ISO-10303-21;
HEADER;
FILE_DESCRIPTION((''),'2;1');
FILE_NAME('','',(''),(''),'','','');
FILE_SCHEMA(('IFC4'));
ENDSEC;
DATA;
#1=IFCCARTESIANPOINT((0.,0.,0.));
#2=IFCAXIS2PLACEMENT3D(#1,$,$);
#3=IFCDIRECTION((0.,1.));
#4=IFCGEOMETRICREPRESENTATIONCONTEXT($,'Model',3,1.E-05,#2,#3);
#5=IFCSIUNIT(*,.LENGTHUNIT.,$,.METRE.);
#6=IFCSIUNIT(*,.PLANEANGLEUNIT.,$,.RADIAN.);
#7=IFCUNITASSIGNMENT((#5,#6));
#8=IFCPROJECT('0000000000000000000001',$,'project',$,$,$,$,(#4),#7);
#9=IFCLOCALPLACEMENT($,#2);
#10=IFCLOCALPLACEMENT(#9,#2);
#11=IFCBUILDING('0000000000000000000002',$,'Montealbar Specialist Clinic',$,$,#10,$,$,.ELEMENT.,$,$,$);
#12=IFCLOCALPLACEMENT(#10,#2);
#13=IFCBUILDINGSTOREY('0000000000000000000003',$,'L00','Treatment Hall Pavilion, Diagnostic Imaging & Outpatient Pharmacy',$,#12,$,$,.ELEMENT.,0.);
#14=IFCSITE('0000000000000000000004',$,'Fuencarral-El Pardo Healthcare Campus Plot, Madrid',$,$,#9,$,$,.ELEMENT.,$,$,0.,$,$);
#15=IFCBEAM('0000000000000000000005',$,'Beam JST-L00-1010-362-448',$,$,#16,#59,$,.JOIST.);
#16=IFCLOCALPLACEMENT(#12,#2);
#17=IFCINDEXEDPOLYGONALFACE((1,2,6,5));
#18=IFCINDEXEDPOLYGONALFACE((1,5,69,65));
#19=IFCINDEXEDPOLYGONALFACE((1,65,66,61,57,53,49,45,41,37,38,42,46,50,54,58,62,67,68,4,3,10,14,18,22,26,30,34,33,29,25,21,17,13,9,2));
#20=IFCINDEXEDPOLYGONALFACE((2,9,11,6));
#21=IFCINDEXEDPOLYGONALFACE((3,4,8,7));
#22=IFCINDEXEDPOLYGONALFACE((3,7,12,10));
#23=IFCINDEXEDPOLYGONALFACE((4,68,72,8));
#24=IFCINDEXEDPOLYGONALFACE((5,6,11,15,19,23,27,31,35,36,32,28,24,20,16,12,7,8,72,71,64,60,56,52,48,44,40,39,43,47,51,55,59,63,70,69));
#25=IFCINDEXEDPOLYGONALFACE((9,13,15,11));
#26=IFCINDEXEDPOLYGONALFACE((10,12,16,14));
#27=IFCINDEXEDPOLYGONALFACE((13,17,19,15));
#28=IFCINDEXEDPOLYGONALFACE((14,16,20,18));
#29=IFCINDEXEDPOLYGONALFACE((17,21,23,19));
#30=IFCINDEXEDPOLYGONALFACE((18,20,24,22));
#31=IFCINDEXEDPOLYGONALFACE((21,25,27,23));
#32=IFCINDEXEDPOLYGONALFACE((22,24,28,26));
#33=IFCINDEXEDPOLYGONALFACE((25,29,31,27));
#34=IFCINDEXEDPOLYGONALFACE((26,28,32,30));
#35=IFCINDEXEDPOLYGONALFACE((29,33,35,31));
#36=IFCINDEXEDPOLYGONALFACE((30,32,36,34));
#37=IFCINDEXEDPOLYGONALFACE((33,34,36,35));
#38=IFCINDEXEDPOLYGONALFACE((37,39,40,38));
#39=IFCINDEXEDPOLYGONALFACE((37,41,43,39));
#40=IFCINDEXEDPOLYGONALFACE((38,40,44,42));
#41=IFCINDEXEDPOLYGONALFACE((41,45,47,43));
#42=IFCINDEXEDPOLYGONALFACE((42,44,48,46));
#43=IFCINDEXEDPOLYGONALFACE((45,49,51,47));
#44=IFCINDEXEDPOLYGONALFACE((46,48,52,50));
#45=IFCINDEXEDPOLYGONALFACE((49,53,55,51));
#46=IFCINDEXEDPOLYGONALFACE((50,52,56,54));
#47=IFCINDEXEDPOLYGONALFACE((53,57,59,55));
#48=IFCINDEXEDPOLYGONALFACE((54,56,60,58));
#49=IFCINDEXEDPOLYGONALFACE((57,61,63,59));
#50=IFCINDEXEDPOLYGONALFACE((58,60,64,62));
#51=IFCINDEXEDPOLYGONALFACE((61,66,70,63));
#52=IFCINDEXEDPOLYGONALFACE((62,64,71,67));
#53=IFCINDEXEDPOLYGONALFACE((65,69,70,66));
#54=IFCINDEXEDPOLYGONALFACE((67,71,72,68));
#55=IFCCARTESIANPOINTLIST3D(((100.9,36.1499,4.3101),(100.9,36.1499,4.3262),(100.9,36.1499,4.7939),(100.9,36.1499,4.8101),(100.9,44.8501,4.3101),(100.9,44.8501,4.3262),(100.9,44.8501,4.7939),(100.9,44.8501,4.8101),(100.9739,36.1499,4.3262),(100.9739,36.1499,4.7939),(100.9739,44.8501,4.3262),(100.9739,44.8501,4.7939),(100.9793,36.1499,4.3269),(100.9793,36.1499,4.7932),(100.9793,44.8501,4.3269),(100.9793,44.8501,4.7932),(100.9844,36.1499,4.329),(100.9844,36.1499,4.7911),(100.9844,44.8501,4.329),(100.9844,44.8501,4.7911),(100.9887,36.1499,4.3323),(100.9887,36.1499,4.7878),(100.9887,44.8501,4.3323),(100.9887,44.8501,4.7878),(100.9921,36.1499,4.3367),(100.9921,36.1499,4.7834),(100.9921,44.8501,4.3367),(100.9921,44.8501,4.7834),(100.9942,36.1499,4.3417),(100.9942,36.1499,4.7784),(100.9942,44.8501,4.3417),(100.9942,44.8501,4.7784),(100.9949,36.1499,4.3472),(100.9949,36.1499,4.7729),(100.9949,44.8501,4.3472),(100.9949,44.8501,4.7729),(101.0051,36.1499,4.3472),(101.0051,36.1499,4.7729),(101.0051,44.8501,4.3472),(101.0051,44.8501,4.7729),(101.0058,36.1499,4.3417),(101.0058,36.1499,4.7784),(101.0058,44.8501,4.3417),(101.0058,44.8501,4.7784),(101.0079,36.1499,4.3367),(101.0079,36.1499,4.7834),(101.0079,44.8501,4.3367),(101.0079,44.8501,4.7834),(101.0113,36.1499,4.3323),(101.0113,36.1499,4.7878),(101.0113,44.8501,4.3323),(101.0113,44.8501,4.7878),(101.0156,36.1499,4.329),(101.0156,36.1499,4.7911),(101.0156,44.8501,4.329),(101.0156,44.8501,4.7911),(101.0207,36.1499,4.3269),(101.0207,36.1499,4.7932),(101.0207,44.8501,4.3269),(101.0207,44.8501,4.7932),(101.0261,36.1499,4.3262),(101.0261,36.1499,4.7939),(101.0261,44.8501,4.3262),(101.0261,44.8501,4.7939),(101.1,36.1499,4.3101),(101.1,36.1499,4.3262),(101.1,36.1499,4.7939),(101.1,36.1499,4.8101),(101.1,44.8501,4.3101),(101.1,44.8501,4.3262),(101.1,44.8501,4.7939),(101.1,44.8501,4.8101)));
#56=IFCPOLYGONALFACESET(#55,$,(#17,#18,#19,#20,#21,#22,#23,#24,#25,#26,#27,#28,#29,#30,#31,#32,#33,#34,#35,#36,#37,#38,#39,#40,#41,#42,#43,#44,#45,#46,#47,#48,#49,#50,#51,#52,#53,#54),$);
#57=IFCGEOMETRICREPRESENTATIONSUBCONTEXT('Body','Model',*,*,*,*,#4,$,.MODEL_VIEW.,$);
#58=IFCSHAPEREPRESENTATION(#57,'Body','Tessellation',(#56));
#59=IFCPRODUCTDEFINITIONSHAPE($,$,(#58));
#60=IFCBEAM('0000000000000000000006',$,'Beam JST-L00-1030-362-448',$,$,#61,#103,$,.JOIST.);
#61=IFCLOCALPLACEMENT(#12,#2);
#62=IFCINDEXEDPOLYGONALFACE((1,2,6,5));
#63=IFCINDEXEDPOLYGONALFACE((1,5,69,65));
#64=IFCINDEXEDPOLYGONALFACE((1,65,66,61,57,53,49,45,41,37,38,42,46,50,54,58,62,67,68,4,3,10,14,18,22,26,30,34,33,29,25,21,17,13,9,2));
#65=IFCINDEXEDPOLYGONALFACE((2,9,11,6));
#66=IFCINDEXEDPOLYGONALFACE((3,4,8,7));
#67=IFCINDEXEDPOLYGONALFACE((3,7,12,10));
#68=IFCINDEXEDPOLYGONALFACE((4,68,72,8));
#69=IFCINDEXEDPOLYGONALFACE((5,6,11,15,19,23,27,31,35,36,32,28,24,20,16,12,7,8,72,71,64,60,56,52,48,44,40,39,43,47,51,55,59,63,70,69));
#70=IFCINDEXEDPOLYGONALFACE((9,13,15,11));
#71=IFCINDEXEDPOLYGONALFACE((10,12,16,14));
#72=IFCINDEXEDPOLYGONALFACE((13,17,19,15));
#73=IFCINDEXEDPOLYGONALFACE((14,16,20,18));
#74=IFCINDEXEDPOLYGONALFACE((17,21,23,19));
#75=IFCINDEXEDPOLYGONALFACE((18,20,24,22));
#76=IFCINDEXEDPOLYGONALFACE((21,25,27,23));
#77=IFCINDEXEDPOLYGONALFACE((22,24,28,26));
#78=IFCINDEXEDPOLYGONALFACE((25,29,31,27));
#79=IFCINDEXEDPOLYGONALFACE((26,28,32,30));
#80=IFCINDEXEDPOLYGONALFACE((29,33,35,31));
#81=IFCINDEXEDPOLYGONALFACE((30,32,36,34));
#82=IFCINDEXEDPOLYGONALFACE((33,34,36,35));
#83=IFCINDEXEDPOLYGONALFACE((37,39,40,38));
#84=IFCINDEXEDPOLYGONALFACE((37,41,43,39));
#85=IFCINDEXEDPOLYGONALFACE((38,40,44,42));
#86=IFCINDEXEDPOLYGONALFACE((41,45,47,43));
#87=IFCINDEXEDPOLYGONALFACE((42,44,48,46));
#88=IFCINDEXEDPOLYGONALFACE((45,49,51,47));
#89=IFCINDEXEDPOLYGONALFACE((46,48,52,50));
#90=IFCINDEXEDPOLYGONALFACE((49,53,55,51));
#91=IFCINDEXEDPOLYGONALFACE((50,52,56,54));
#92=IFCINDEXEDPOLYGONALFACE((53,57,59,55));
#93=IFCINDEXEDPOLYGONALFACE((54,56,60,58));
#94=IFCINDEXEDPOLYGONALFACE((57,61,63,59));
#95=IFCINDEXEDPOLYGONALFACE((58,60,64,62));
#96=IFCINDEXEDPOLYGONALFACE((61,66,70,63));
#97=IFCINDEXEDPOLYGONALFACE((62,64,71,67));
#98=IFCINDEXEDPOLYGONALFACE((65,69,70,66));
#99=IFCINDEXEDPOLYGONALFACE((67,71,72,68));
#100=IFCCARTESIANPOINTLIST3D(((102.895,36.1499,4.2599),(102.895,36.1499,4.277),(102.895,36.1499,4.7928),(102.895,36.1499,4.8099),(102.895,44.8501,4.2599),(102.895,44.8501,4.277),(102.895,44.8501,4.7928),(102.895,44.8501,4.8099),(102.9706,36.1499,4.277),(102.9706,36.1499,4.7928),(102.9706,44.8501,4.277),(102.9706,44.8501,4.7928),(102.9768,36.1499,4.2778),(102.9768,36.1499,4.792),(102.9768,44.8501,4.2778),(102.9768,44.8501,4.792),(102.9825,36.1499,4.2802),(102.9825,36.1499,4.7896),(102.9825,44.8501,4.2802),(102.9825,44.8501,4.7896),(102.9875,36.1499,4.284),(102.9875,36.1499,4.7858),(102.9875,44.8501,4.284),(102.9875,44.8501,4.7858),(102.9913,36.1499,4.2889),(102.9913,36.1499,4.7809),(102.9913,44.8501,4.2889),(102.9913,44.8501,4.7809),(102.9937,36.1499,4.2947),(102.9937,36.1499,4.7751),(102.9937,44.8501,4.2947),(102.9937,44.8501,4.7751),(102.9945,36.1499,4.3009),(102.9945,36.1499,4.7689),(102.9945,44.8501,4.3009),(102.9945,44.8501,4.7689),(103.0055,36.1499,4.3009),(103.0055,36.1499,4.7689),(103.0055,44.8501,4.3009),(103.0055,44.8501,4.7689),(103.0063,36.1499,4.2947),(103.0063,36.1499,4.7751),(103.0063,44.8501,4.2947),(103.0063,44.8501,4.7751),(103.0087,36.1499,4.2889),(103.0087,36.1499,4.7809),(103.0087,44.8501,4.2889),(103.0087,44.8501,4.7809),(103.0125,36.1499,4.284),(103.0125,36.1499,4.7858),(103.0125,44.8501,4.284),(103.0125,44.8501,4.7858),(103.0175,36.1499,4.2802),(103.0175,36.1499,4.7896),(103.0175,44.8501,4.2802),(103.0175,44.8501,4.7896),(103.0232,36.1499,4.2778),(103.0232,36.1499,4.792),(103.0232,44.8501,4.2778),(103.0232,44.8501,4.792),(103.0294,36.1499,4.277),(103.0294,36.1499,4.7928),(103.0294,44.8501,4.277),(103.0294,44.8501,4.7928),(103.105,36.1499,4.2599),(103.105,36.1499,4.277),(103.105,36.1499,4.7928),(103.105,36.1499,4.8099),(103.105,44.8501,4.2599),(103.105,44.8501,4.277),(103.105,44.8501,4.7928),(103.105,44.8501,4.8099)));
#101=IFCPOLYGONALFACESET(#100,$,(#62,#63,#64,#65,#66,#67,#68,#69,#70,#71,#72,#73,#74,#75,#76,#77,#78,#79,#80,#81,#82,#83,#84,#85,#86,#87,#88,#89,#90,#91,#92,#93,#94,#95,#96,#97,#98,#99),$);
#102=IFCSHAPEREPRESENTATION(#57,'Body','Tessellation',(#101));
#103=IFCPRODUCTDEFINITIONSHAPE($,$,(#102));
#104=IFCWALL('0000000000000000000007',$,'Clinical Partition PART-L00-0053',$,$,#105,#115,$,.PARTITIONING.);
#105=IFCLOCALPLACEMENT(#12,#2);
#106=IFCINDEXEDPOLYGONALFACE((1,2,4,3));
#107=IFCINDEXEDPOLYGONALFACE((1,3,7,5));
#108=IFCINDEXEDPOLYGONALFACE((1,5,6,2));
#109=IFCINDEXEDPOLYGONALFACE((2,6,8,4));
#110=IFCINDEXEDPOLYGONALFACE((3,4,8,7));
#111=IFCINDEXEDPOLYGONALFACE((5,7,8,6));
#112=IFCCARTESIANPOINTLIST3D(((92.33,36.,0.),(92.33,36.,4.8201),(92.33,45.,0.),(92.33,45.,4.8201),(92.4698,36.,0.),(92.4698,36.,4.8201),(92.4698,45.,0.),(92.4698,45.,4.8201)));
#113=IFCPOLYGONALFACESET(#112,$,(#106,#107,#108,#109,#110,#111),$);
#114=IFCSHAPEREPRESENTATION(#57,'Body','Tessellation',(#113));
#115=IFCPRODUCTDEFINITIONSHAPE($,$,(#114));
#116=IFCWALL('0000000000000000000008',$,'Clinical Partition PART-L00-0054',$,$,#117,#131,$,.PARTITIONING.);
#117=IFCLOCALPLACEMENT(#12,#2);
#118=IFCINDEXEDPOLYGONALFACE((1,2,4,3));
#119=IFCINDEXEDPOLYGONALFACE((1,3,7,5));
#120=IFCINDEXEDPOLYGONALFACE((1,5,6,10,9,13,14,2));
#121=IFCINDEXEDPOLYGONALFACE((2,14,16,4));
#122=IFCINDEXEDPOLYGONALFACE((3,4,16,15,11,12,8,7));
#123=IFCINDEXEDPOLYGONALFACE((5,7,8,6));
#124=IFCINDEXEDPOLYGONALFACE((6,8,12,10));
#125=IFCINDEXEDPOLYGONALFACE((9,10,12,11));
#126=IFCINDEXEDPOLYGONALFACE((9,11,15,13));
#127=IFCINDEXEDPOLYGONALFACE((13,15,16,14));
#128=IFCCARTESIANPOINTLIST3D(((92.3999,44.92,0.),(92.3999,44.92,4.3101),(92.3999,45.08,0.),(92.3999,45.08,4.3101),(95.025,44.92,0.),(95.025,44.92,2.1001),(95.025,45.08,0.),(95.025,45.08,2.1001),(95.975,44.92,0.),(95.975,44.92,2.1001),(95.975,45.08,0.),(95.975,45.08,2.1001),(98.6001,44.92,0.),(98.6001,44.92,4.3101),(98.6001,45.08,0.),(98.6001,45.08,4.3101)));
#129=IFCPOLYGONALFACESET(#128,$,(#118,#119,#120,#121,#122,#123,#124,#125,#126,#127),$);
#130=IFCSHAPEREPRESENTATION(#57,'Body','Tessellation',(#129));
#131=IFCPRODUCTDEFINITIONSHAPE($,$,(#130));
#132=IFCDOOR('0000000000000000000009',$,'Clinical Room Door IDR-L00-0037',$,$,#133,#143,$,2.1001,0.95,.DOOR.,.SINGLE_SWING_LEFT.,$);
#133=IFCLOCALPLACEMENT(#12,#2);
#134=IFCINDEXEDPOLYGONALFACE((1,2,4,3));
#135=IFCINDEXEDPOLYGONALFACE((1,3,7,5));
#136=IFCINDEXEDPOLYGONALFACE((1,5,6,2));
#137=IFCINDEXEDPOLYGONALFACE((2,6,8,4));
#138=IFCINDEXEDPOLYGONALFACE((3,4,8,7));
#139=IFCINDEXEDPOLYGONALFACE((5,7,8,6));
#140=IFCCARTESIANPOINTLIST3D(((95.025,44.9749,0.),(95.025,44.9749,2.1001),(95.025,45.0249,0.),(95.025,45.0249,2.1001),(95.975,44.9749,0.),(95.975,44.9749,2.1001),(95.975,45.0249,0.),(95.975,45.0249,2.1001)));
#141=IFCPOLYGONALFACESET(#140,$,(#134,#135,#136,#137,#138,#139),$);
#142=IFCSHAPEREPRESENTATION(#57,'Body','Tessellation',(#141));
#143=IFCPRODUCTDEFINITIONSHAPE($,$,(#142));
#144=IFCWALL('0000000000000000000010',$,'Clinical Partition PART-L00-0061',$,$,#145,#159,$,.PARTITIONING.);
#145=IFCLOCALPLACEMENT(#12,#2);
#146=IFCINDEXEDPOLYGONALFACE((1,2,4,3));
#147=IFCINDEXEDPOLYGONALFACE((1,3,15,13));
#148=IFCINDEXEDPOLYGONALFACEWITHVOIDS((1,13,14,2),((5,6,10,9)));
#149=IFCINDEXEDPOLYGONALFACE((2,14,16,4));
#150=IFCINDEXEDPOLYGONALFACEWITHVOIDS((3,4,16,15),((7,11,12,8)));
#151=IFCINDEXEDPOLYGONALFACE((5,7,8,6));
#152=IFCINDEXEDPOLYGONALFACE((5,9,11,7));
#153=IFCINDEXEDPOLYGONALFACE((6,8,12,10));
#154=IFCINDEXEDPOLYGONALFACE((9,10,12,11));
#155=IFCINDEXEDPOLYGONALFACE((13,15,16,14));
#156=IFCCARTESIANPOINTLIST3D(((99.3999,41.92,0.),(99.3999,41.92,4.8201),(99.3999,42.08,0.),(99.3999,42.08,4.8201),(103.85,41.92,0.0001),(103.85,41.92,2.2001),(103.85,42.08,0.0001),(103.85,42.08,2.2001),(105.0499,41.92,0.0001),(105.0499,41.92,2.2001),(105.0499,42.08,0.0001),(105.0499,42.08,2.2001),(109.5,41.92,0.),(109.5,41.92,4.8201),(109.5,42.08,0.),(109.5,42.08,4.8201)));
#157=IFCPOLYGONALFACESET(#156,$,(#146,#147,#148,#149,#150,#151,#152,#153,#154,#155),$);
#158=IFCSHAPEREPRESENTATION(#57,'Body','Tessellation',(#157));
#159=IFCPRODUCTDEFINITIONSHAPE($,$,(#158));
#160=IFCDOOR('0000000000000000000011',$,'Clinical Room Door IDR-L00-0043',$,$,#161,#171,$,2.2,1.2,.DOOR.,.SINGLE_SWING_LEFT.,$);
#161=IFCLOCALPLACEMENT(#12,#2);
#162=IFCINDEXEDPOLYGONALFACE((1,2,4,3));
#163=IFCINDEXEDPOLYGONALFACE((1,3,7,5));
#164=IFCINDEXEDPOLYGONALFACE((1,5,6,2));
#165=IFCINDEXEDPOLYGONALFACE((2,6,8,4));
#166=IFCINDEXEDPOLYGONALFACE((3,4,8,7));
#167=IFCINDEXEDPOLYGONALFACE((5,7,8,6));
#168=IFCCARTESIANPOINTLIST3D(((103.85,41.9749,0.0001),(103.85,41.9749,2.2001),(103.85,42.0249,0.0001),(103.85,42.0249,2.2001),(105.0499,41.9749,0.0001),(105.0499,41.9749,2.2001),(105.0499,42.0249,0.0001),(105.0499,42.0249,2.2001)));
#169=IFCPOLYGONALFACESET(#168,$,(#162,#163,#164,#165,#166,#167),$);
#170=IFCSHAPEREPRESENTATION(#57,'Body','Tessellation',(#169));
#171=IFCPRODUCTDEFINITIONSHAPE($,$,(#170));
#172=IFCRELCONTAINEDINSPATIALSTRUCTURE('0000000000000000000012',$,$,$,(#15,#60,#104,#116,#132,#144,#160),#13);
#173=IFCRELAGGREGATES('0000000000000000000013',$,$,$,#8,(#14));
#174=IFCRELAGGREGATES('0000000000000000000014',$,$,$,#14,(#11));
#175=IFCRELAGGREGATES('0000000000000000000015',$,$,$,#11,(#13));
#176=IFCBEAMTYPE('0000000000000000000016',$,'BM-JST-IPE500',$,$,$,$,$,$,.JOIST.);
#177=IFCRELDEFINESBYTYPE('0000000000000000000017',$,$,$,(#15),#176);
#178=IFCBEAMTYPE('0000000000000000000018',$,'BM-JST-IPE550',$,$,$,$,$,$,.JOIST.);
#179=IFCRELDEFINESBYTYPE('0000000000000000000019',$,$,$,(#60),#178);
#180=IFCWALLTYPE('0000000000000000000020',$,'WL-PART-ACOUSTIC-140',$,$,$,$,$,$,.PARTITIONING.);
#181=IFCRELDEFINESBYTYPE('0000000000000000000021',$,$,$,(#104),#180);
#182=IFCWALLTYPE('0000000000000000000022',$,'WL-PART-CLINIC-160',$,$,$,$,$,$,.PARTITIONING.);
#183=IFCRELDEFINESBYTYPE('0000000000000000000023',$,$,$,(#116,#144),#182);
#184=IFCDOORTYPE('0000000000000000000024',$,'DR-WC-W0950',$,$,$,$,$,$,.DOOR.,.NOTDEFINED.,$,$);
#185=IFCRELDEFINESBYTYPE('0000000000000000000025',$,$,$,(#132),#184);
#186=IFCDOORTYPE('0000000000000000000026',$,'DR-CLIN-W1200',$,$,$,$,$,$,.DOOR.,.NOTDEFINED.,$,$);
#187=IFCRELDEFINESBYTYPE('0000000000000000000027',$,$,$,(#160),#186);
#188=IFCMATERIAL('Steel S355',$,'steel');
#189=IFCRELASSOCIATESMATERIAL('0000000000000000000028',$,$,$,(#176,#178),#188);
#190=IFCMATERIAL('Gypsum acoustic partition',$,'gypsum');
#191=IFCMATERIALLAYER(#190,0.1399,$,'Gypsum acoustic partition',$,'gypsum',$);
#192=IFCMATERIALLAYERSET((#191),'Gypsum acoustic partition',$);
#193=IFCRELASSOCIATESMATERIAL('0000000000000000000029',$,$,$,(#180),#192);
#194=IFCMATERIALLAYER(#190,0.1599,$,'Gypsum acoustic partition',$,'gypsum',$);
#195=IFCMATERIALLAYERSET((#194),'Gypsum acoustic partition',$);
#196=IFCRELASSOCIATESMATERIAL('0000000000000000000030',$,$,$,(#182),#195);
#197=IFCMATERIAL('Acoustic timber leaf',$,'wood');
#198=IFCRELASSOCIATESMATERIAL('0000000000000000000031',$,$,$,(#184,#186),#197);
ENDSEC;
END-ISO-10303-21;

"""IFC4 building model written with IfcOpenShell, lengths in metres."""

from ifc_helpers import new_model, si_unit, direction, frame, frame_2d, origin, origin_2d, place, context, subcontext, project, spatial, rectangle, i_section, extrude, material, layer, layer_set, material_profile, profile_set, type_object, element, fill, save


model = new_model("IFC4")

# Units and contexts
model_context = context("Model", 3, precision=1e-05, world=origin(), true_north=direction((0.0, 1.0)))
body_context = subcontext(model_context, "Body", "Model", "MODEL_VIEW")
ifc_project = project(units=[si_unit("LENGTHUNIT", "METRE"), si_unit("PLANEANGLEUNIT", "RADIAN")], contexts=[model_context])

# Site, building, storey
site_placement = place(None, origin())
site = spatial("IfcSite", under=ifc_project, at=site_placement, Name="Fuencarral-El Pardo Healthcare Campus Plot, Madrid", CompositionType="ELEMENT", RefElevation=0.0)
building_placement = place(site_placement, origin())
building = spatial("IfcBuilding", under=site, at=building_placement, Name="Montealbar Specialist Clinic", CompositionType="ELEMENT")
storey_placement = place(building_placement, origin())
storey = spatial("IfcBuildingStorey", under=building, at=storey_placement, Name="L00", Description="Treatment Hall Pavilion, Diagnostic Imaging & Outpatient Pharmacy", CompositionType="ELEMENT", Elevation=0.0)

# Shared definitions
ifc_material_1 = material(Name="Steel S355", Category="steel")

# Beams
ifc_material_profile_1 = material_profile(ifc_material_1, i_section(OverallWidth=0.2, OverallDepth=0.5, WebThickness=0.0103, FlangeThickness=0.0161, FilletRadius=0.021, at=origin_2d()), Name="IPE 500", Category="steel")
ifc_profile_set_1 = profile_set([ifc_material_profile_1], Name="Steel S355")
beam_type_1 = type_object("IfcBeamType", Name="BM-JST-IPE500", PredefinedType="JOIST", material=ifc_profile_set_1)
beam_1_placement = place(storey_placement, frame((101.0, 36.1499, 4.5601), z_axis=(0.0, 1.0, 0.0), x_axis=(-1.0, 0.0, 0.0)))
element("IfcBeam", 1, at=beam_1_placement, inside=storey, type_object=beam_type_1, Name="Beam JST-L00-1010-362-448", PredefinedType="JOIST", context=body_context, shape_type="SweptSolid", body=[
    extrude(i_section(OverallWidth=0.2, OverallDepth=0.5, WebThickness=0.0103, FlangeThickness=0.0161, FilletRadius=0.021, at=origin_2d()), origin(), (0.0, 0.0, 1.0), 8.7002),
])
ifc_material_profile_2 = material_profile(ifc_material_1, i_section(OverallWidth=0.21, OverallDepth=0.55, WebThickness=0.011, FlangeThickness=0.0171, FilletRadius=0.0239, at=origin_2d()), Name="IPE 550", Category="steel")
ifc_profile_set_2 = profile_set([ifc_material_profile_2], Name="Steel S355")
beam_type_2 = type_object("IfcBeamType", Name="BM-JST-IPE550", PredefinedType="JOIST", material=ifc_profile_set_2)
beam_2_placement = place(storey_placement, frame((103.0, 36.1499, 4.5349), z_axis=(0.0, 1.0, 0.0), x_axis=(-1.0, 0.0, 0.0)))
element("IfcBeam", 2, at=beam_2_placement, inside=storey, type_object=beam_type_2, Name="Beam JST-L00-1030-362-448", PredefinedType="JOIST", context=body_context, shape_type="SweptSolid", body=[
    extrude(i_section(OverallWidth=0.21, OverallDepth=0.55, WebThickness=0.011, FlangeThickness=0.0171, FilletRadius=0.0239, at=origin_2d()), origin(), (0.0, 0.0, 1.0), 8.7002),
])

# Wall
ifc_material_2 = material(Name="Gypsum acoustic partition", Category="gypsum")
ifc_layer_1 = layer(ifc_material_2, 0.1399, Name="Gypsum acoustic partition", Category="gypsum")
ifc_layer_set_1 = layer_set([ifc_layer_1], Name="Gypsum acoustic partition")
wall_type_1 = type_object("IfcWallType", Name="WL-PART-ACOUSTIC-140", PredefinedType="PARTITIONING", material=ifc_layer_set_1)
wall_1_placement = place(storey_placement, frame((92.3999, 36.0, 0.0), z_axis=(0.0, 0.0, 1.0), x_axis=(0.0, 1.0, 0.0)))
element("IfcWall", 3, at=wall_1_placement, inside=storey, type_object=wall_type_1, Name="Clinical Partition PART-L00-0053", PredefinedType="PARTITIONING", context=body_context, shape_type="SweptSolid", body=[
    extrude(rectangle(XDim=9.0, YDim=0.1399, at=frame_2d((4.5, 0.0))), origin(), (0.0, 0.0, 1.0), 4.8201),
])

# Walls, openings, doors
ifc_layer_2 = layer(ifc_material_2, 0.1599, Name="Gypsum acoustic partition", Category="gypsum")
ifc_layer_set_2 = layer_set([ifc_layer_2], Name="Gypsum acoustic partition")
wall_type_2 = type_object("IfcWallType", Name="WL-PART-CLINIC-160", PredefinedType="PARTITIONING", material=ifc_layer_set_2)
wall_2_placement = place(storey_placement, frame((92.3999, 45.0, 0.0), z_axis=(0.0, 0.0, 1.0), x_axis=(1.0, 0.0, 0.0)))
wall_2 = element("IfcWall", 4, at=wall_2_placement, inside=storey, type_object=wall_type_2, Name="Clinical Partition PART-L00-0054", PredefinedType="PARTITIONING", context=body_context, shape_type="SweptSolid", body=[
    extrude(rectangle(XDim=6.2002, YDim=0.1599, at=frame_2d((3.1001, 0.0))), origin(), (0.0, 0.0, 1.0), 4.3101),
])
opening_1_placement = place(wall_2_placement, frame((2.625, 0.0, 0.0)))
opening_1 = element("IfcOpeningElement", 5, at=opening_1_placement, cuts=wall_2, PredefinedType="OPENING", context=body_context, shape_type="SweptSolid", body=[
    extrude(rectangle(XDim=0.95, YDim=2.1001, at=frame_2d((0.4751, 1.05))), frame((0.0, 0.0898, 0.0), z_axis=(0.0, -1.0, 0.0), x_axis=(1.0, 0.0, 0.0)), (0.0, 0.0, 1.0), 0.1799),
])
ifc_material_3 = material(Name="Acoustic timber leaf", Category="wood")
door_type_1 = type_object("IfcDoorType", Name="DR-WC-W0950", OperationType="NOTDEFINED", PredefinedType="DOOR", material=ifc_material_3)
door_1_placement = place(opening_1_placement, origin())
door_1 = element("IfcDoor", 6, at=door_1_placement, inside=storey, type_object=door_type_1, Name="Clinical Room Door IDR-L00-0037", OperationType="SINGLE_SWING_LEFT", OverallHeight=2.1001, OverallWidth=0.95, PredefinedType="DOOR", context=body_context, shape_type="SweptSolid", body=[
    extrude(rectangle(XDim=0.95, YDim=2.1001, at=frame_2d((0.4751, 1.05))), frame((0.0, 0.0249, 0.0), z_axis=(0.0, -1.0, 0.0), x_axis=(1.0, 0.0, 0.0)), (0.0, 0.0, 1.0), 0.05),
])
fill(opening_1, door_1)
wall_3_placement = place(storey_placement, frame((99.3999, 42.0, 0.0), z_axis=(0.0, 0.0, 1.0), x_axis=(1.0, 0.0, 0.0)))
wall_3 = element("IfcWall", 7, at=wall_3_placement, inside=storey, type_object=wall_type_2, Name="Clinical Partition PART-L00-0061", PredefinedType="PARTITIONING", context=body_context, shape_type="SweptSolid", body=[
    extrude(rectangle(XDim=10.1001, YDim=0.1599, at=frame_2d((5.05, 0.0))), origin(), (0.0, 0.0, 1.0), 4.8201),
])
opening_2_placement = place(wall_3_placement, frame((4.45, 0.0, 0.0)))
opening_2 = element("IfcOpeningElement", 8, at=opening_2_placement, cuts=wall_3, PredefinedType="OPENING", context=body_context, shape_type="SweptSolid", body=[
    extrude(rectangle(XDim=1.2, YDim=2.2, at=frame_2d((0.6001, 1.1001))), frame((0.0, 0.0898, 0.0), z_axis=(0.0, -1.0, 0.0), x_axis=(1.0, 0.0, 0.0)), (0.0, 0.0, 1.0), 0.1799),
])
door_type_2 = type_object("IfcDoorType", Name="DR-CLIN-W1200", OperationType="NOTDEFINED", PredefinedType="DOOR", material=ifc_material_3)
door_2_placement = place(opening_2_placement, origin())
door_2 = element("IfcDoor", 9, at=door_2_placement, inside=storey, type_object=door_type_2, Name="Clinical Room Door IDR-L00-0043", OperationType="SINGLE_SWING_LEFT", OverallHeight=2.2, OverallWidth=1.2, PredefinedType="DOOR", context=body_context, shape_type="SweptSolid", body=[
    extrude(rectangle(XDim=1.2, YDim=2.2, at=frame_2d((0.6001, 1.1001))), frame((0.0, 0.0249, 0.0), z_axis=(0.0, -1.0, 0.0), x_axis=(1.0, 0.0, 0.0)), (0.0, 0.0, 1.0), 0.05),
])
fill(opening_2, door_2)

save(model, "model.ifc")
